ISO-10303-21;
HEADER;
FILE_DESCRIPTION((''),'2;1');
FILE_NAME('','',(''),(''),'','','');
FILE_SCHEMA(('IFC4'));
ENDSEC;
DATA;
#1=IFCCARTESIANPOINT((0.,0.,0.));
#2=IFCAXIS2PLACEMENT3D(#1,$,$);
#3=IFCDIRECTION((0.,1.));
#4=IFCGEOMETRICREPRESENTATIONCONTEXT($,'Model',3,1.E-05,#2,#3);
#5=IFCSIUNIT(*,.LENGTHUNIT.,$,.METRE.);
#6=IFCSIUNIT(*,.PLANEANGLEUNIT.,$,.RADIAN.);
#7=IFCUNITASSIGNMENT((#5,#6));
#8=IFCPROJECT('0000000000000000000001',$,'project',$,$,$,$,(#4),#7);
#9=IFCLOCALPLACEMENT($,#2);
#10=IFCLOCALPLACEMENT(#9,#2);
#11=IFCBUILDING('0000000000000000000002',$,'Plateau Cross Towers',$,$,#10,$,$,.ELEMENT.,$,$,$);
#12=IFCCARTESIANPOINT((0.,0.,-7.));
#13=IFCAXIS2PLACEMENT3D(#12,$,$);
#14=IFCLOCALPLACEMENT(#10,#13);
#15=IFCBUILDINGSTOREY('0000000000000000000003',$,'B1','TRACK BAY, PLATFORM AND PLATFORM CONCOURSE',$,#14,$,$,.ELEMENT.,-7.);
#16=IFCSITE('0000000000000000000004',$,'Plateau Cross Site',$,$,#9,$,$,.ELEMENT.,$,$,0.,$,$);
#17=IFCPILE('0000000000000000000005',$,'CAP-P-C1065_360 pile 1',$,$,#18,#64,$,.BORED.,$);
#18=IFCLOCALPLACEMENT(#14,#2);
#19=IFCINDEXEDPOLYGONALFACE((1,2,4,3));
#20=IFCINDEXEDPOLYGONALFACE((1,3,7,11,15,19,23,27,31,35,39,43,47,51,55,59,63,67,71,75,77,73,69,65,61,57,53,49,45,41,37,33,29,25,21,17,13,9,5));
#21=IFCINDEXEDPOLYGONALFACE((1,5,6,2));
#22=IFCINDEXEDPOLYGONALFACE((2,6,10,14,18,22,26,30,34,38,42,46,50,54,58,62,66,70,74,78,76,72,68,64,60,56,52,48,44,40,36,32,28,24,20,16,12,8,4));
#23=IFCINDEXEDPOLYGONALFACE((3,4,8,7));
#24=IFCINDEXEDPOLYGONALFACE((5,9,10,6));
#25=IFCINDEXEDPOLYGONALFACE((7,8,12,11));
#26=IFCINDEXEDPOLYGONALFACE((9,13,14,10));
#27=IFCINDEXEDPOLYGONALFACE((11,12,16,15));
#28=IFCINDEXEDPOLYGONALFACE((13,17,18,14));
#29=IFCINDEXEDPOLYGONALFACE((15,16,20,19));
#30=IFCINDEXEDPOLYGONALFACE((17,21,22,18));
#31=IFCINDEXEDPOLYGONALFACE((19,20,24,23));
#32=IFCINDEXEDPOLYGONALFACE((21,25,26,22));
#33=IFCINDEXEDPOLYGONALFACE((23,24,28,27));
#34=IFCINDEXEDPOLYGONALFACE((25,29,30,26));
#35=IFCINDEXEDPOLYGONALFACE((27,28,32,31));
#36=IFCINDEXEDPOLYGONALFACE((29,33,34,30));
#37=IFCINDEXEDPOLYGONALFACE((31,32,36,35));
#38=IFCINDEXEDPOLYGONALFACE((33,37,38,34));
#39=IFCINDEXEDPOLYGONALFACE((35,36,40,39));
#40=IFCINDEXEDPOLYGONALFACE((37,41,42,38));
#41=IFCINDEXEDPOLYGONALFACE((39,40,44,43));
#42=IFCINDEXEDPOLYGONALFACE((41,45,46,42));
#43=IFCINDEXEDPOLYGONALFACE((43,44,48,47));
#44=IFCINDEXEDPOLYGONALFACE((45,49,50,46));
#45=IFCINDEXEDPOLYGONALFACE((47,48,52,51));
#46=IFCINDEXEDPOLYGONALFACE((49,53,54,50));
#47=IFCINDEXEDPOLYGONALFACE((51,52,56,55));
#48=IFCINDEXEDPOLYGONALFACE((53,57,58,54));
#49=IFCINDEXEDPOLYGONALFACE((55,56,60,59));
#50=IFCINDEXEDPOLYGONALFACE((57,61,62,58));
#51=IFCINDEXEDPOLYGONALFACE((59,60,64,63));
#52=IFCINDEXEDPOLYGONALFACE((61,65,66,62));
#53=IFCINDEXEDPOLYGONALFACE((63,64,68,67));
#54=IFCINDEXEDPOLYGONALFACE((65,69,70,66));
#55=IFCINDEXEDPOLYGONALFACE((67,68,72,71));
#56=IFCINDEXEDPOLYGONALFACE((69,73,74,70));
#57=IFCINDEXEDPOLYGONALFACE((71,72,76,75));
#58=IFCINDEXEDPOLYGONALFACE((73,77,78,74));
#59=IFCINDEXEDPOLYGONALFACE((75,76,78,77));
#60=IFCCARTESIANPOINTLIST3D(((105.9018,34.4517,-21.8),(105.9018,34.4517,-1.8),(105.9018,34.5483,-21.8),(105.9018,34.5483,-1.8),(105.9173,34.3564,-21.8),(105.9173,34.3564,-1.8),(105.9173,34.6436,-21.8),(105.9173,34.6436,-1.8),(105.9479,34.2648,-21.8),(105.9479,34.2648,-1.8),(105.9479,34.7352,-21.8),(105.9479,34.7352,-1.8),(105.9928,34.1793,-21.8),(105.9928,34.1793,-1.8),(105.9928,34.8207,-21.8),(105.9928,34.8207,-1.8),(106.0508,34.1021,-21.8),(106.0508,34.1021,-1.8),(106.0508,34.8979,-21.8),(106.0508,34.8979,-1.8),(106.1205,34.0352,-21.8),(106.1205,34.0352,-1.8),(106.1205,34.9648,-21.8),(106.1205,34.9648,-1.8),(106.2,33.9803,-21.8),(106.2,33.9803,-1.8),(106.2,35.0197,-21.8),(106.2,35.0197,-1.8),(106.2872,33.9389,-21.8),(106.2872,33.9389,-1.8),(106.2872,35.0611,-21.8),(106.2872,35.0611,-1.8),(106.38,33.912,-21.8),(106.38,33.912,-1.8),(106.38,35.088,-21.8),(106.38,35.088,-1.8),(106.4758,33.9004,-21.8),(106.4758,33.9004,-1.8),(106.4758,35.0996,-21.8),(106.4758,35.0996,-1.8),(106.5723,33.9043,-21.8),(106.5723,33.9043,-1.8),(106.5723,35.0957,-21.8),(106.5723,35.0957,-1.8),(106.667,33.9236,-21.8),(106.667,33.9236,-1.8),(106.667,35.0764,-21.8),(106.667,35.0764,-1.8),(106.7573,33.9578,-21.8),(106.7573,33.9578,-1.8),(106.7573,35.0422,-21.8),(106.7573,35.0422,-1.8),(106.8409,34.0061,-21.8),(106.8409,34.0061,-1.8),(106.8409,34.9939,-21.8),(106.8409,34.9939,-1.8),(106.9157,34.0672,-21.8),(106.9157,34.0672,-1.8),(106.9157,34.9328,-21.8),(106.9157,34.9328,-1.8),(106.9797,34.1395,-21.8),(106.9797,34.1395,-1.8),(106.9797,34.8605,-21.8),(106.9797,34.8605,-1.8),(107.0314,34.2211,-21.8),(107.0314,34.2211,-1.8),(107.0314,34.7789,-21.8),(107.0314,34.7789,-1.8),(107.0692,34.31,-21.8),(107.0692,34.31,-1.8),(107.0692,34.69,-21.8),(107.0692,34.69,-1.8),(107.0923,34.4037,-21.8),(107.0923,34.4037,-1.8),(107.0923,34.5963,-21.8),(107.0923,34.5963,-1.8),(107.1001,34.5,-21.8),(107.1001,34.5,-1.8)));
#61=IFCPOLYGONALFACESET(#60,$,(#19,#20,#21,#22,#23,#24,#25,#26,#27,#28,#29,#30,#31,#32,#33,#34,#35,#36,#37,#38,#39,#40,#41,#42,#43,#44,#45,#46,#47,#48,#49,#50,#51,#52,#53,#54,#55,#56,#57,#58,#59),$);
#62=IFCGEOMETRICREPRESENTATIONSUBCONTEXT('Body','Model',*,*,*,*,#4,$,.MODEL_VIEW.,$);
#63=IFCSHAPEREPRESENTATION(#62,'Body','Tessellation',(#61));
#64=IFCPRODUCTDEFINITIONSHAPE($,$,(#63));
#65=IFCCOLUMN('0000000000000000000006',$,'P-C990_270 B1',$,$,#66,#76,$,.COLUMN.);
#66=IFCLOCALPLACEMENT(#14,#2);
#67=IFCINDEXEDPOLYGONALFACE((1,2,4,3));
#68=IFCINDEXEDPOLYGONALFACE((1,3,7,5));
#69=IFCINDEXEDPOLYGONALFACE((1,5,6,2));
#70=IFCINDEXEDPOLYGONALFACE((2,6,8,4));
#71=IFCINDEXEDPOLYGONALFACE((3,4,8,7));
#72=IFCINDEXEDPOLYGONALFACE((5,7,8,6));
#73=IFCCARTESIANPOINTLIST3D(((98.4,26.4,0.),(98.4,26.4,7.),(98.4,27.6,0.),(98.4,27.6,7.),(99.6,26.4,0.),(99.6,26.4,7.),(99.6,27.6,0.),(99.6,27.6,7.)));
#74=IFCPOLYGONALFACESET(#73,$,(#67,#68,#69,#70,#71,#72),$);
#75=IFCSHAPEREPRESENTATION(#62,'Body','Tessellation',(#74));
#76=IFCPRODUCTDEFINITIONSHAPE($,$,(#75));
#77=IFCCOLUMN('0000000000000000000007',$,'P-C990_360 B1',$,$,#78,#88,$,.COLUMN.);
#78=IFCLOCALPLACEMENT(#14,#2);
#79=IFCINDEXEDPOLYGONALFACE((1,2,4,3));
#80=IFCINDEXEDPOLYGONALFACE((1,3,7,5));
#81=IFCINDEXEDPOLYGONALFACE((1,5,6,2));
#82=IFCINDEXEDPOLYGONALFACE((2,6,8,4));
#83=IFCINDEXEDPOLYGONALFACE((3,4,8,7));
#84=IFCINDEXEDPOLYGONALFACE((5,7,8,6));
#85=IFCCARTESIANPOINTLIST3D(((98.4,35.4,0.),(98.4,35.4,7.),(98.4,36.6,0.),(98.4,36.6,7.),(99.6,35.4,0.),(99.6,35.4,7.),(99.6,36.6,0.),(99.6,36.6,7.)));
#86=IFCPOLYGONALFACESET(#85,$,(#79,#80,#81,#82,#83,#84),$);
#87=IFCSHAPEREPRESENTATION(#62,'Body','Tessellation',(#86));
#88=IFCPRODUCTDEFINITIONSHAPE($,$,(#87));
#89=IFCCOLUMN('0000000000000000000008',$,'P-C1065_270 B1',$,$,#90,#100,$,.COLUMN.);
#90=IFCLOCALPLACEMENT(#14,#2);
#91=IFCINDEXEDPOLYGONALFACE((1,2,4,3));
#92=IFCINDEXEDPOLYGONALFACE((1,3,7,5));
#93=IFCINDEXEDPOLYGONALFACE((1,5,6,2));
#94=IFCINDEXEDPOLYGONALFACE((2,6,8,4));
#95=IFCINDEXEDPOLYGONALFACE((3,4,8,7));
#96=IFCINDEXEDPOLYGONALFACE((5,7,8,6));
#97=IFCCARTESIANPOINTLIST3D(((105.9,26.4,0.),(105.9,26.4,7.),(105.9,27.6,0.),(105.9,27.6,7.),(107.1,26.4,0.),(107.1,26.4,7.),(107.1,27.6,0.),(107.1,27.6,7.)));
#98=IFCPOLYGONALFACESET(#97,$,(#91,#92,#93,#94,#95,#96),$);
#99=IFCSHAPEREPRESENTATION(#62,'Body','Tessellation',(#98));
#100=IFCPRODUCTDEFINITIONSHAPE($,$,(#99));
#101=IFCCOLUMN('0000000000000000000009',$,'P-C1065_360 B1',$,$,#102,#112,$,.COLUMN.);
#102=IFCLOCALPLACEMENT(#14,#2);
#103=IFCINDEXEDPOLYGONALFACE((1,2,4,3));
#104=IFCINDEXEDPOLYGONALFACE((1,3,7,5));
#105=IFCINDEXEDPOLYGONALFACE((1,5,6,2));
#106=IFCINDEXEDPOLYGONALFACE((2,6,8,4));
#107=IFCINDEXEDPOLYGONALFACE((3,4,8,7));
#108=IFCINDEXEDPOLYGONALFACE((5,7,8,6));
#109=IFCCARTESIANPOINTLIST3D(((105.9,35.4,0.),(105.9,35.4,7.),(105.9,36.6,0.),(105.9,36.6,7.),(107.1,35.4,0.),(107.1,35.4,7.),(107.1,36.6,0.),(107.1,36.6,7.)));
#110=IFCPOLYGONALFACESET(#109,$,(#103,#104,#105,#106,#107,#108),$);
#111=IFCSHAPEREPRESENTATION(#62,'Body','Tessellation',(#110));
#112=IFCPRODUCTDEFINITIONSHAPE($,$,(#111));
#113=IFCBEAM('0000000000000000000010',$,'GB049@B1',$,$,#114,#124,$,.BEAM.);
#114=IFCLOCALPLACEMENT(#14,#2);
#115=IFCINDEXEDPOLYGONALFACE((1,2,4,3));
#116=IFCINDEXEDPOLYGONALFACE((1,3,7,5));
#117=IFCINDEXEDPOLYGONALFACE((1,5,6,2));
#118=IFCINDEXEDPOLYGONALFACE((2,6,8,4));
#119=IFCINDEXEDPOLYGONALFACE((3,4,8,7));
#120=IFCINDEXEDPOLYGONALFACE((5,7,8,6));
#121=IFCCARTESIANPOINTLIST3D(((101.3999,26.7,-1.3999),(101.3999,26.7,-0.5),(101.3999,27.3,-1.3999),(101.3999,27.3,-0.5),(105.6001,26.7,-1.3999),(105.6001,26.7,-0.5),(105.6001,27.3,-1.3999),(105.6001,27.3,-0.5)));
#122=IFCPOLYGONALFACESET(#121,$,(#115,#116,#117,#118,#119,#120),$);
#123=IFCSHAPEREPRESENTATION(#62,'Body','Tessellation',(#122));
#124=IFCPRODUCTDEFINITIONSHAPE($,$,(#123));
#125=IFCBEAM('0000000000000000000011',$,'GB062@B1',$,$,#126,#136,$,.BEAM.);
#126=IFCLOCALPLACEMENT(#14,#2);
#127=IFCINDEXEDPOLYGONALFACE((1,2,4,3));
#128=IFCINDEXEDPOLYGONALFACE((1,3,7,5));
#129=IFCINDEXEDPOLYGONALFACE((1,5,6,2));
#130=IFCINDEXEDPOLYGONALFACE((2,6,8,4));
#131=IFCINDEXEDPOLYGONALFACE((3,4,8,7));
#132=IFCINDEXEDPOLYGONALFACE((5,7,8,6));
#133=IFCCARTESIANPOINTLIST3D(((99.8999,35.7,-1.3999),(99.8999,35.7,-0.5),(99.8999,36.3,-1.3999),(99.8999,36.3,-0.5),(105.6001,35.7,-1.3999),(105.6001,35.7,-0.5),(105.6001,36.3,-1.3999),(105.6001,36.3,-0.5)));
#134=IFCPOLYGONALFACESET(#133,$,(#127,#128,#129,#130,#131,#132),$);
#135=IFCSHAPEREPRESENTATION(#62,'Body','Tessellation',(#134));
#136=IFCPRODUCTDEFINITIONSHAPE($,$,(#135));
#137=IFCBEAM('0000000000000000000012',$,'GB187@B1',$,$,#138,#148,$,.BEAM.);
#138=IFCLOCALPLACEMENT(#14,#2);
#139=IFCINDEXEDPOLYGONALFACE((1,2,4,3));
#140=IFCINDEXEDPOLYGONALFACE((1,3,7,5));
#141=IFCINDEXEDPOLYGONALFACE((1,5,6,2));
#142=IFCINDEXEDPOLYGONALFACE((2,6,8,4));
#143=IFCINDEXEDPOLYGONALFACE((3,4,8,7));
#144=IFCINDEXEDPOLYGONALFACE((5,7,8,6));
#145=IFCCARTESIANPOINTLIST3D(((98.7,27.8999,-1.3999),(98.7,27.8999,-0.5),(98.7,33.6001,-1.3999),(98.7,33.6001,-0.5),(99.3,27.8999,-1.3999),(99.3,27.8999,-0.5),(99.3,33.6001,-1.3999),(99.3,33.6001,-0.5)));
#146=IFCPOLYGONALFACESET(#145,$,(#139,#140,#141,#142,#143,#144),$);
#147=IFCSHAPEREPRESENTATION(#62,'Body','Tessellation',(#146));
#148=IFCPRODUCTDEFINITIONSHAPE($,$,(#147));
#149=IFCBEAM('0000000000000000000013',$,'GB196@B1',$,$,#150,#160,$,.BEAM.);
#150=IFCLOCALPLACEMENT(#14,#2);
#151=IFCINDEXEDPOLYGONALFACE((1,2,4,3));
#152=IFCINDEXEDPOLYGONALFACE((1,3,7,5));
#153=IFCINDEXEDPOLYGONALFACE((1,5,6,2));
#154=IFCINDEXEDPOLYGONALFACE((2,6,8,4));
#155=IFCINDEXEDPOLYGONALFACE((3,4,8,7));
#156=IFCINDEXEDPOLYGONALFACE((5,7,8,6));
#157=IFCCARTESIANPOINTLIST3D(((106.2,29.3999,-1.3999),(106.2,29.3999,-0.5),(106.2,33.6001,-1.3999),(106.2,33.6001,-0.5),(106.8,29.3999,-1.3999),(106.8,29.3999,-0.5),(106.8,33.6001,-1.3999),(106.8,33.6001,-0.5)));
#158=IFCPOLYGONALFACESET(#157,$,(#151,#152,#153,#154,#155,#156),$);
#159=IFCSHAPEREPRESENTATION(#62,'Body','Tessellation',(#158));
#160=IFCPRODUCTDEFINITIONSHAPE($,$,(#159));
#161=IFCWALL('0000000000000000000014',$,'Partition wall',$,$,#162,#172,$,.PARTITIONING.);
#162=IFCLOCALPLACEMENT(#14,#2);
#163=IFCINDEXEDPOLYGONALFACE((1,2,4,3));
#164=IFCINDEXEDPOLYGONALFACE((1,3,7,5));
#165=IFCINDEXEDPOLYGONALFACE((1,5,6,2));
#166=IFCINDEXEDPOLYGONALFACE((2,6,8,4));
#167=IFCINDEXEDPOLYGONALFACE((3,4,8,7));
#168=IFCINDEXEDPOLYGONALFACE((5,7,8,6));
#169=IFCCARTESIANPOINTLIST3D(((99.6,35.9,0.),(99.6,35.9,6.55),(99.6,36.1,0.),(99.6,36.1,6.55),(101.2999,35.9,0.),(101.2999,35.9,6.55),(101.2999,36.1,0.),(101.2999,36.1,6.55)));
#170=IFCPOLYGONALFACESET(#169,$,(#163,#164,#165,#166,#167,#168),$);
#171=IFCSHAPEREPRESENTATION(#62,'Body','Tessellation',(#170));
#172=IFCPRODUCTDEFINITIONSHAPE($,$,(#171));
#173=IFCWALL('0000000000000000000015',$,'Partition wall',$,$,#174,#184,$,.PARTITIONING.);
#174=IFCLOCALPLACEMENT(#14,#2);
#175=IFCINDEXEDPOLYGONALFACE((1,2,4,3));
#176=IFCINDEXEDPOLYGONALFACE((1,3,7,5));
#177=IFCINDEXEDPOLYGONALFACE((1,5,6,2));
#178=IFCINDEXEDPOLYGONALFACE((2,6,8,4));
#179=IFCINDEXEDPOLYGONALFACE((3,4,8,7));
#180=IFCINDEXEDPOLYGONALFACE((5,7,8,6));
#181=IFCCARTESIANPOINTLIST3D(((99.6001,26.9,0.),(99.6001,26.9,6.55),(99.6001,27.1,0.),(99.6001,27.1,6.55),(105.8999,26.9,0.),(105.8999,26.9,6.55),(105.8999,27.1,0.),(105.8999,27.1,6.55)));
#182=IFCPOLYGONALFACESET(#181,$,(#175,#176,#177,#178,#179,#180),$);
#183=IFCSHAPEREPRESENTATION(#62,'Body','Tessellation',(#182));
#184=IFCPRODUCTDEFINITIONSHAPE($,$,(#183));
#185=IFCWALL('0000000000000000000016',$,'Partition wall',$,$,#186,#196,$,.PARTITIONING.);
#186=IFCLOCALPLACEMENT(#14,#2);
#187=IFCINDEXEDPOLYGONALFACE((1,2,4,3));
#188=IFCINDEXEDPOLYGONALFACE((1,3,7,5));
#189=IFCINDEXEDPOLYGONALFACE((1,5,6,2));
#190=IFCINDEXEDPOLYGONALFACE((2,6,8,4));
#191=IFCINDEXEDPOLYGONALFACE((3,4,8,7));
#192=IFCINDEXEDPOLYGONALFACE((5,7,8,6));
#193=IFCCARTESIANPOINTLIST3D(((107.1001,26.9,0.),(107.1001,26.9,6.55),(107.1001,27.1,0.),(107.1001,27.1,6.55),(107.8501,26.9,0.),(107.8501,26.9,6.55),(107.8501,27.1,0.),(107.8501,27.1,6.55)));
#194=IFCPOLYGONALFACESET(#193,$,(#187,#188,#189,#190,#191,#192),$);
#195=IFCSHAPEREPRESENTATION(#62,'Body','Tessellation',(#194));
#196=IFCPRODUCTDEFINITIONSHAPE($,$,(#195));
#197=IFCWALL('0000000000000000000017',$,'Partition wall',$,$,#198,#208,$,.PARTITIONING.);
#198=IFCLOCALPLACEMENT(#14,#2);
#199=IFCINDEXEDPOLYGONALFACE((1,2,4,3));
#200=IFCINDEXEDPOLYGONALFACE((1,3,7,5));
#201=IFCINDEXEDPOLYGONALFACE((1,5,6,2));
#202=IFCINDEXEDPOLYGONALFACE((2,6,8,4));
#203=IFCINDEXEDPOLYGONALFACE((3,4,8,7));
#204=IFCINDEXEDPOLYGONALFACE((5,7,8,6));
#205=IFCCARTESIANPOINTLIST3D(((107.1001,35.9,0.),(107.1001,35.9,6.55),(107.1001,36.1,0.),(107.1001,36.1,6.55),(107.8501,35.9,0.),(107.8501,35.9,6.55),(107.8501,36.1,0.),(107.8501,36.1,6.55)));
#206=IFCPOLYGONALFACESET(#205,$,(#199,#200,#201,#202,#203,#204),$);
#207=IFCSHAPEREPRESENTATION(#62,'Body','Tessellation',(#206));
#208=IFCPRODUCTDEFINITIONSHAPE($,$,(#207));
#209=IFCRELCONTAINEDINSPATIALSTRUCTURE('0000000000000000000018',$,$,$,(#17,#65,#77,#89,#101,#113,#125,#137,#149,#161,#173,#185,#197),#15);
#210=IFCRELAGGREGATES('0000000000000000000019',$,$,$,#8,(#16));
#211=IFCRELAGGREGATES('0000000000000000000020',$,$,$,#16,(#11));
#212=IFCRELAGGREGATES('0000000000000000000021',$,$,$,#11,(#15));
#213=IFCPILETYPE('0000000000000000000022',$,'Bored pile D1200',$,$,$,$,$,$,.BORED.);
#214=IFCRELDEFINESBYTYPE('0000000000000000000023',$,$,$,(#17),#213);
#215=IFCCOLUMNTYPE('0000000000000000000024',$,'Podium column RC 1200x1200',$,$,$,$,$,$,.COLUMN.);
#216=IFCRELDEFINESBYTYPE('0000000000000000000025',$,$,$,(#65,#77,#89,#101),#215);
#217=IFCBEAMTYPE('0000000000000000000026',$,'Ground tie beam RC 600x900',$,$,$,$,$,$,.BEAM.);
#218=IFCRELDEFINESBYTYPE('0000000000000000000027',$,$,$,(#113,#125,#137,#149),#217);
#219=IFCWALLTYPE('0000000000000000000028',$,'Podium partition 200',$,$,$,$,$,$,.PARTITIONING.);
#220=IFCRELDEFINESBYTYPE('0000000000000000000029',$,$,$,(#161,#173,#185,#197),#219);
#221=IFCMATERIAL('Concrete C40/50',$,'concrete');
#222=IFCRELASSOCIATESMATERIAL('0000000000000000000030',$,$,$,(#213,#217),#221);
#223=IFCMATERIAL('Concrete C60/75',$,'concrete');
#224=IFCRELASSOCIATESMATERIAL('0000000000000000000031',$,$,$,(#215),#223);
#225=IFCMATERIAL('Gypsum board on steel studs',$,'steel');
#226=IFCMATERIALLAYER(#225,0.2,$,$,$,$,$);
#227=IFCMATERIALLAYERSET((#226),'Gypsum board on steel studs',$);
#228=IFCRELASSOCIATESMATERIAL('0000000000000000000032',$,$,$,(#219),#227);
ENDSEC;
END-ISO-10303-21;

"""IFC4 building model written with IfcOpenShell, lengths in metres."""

from ifc_helpers import new_model, si_unit, direction, frame, frame_2d, origin, origin_2d, place, context, subcontext, project, spatial, rectangle, circle, extrude, material, layer, layer_set, material_profile, profile_set, type_object, element, save


model = new_model("IFC4")

# Units and contexts
model_context = context("Model", 3, precision=1e-05, world=origin(), true_north=direction((0.0, 1.0)))
body_context = subcontext(model_context, "Body", "Model", "MODEL_VIEW")
ifc_project = project(units=[si_unit("LENGTHUNIT", "METRE"), si_unit("PLANEANGLEUNIT", "RADIAN")], contexts=[model_context])

# Site, building, storey
site_placement = place(None, origin())
site = spatial("IfcSite", under=ifc_project, at=site_placement, Name="Plateau Cross Site", CompositionType="ELEMENT", RefElevation=0.0)
building_placement = place(site_placement, origin())
building = spatial("IfcBuilding", under=site, at=building_placement, Name="Plateau Cross Towers", CompositionType="ELEMENT")
storey_placement = place(building_placement, frame((0.0, 0.0, -7.0)))
storey = spatial("IfcBuildingStorey", under=building, at=storey_placement, Name="B1", Description="TRACK BAY, PLATFORM AND PLATFORM CONCOURSE", CompositionType="ELEMENT", Elevation=-7.0)

# Pile
ifc_material_1 = material(Name="Concrete C40/50", Category="concrete")
ifc_material_profile_1 = material_profile(ifc_material_1, circle(Radius=0.6001, at=origin_2d()), Name="Bored pile D1200")
ifc_profile_set_1 = profile_set([ifc_material_profile_1], Name="Concrete C40/50")
pile_type = type_object("IfcPileType", Name="Bored pile D1200", PredefinedType="BORED", material=ifc_profile_set_1)
for number, where, z_axis, x_axis, name in (
    (1, (106.5, 34.5, -1.8), (0.0, 0.0, -1.0), (1.0, 0.0, 0.0), "CAP-P-C1065_360 pile 1"),
):
    element("IfcPile", number, at=place(storey_placement, frame(where, z_axis=z_axis, x_axis=x_axis)), inside=storey, type_object=pile_type, Name=name, PredefinedType="BORED", context=body_context, shape_type="SweptSolid", body=[
        extrude(circle(Radius=0.6001, at=origin_2d()), origin(), (0.0, 0.0, 1.0), 20.0),
    ])

# Columns
ifc_material_2 = material(Name="Concrete C60/75", Category="concrete")
ifc_material_profile_2 = material_profile(ifc_material_2, rectangle(XDim=1.2, YDim=1.2, at=origin_2d()), Name="RC 1200x1200")
ifc_profile_set_2 = profile_set([ifc_material_profile_2], Name="Concrete C60/75")
column_type = type_object("IfcColumnType", Name="Podium column RC 1200x1200", PredefinedType="COLUMN", material=ifc_profile_set_2)
for number, where, z_axis, x_axis, name in (
    (2, (99.0, 27.0, 0.0), (0.0, 0.0, 1.0), (1.0, 0.0, 0.0), "P-C990_270 B1"),
    (3, (99.0, 36.0, 0.0), (0.0, 0.0, 1.0), (1.0, 0.0, 0.0), "P-C990_360 B1"),
    (4, (106.5, 27.0, 0.0), (0.0, 0.0, 1.0), (1.0, 0.0, 0.0), "P-C1065_270 B1"),
    (5, (106.5, 36.0, 0.0), (0.0, 0.0, 1.0), (1.0, 0.0, 0.0), "P-C1065_360 B1"),
):
    element("IfcColumn", number, at=place(storey_placement, frame(where, z_axis=z_axis, x_axis=x_axis)), inside=storey, type_object=column_type, Name=name, PredefinedType="COLUMN", context=body_context, shape_type="SweptSolid", body=[
        extrude(rectangle(XDim=1.2, YDim=1.2, at=origin_2d()), origin(), (0.0, 0.0, 1.0), 7.0),
    ])

# Beams
ifc_material_profile_3 = material_profile(ifc_material_1, rectangle(XDim=0.6001, YDim=0.8999, at=origin_2d()), Name="RC 600x900")
ifc_profile_set_3 = profile_set([ifc_material_profile_3], Name="Concrete C40/50")
beam_type = type_object("IfcBeamType", Name="Ground tie beam RC 600x900", PredefinedType="BEAM", material=ifc_profile_set_3)
beam_1_placement = place(storey_placement, frame((101.3999, 27.0, -0.95), z_axis=(1.0, 0.0, 0.0), x_axis=(0.0, 1.0, 0.0)))
element("IfcBeam", 6, at=beam_1_placement, inside=storey, type_object=beam_type, Name="GB049@B1", PredefinedType="BEAM", context=body_context, shape_type="SweptSolid", body=[
    extrude(rectangle(XDim=0.6001, YDim=0.8999, at=origin_2d()), origin(), (0.0, 0.0, 1.0), 4.2002),
])
for number, where, z_axis, x_axis, name in (
    (7, (99.8999, 36.0, -0.95), (1.0, 0.0, 0.0), (0.0, 1.0, 0.0), "GB062@B1"),
    (8, (99.0, 27.8999, -0.95), (0.0, 1.0, 0.0), (-1.0, 0.0, 0.0), "GB187@B1"),
):
    element("IfcBeam", number, at=place(storey_placement, frame(where, z_axis=z_axis, x_axis=x_axis)), inside=storey, type_object=beam_type, Name=name, PredefinedType="BEAM", context=body_context, shape_type="SweptSolid", body=[
        extrude(rectangle(XDim=0.6001, YDim=0.8999, at=origin_2d()), origin(), (0.0, 0.0, 1.0), 5.7002),
    ])
beam_2_placement = place(storey_placement, frame((106.5, 29.3999, -0.95), z_axis=(0.0, 1.0, 0.0), x_axis=(-1.0, 0.0, 0.0)))
element("IfcBeam", 9, at=beam_2_placement, inside=storey, type_object=beam_type, Name="GB196@B1", PredefinedType="BEAM", context=body_context, shape_type="SweptSolid", body=[
    extrude(rectangle(XDim=0.6001, YDim=0.8999, at=origin_2d()), origin(), (0.0, 0.0, 1.0), 4.2002),
])

# Walls
ifc_material_3 = material(Name="Gypsum board on steel studs", Category="steel")
ifc_layer_1 = layer(ifc_material_3, 0.2)
ifc_layer_set_1 = layer_set([ifc_layer_1], Name="Gypsum board on steel studs")
wall_type_1 = type_object("IfcWallType", Name="Podium partition 200", PredefinedType="PARTITIONING", material=ifc_layer_set_1)
wall_1_placement = place(storey_placement, frame((101.3, 36.0, 0.0), z_axis=(0.0, 0.0, 1.0), x_axis=(-1.0, 0.0, 0.0)))
element("IfcWall", 10, at=wall_1_placement, inside=storey, type_object=wall_type_1, Name="Partition wall", PredefinedType="PARTITIONING", context=body_context, shape_type="SweptSolid", body=[
    extrude(rectangle(XDim=1.7, YDim=0.2, at=frame_2d((0.8501, 0.0))), origin(), (0.0, 0.0, 1.0), 6.55),
])
wall_2_placement = place(storey_placement, frame((99.6001, 27.0, 0.0), z_axis=(0.0, 0.0, 1.0), x_axis=(1.0, 0.0, 0.0)))
element("IfcWall", 11, at=wall_2_placement, inside=storey, type_object=wall_type_1, Name="Partition wall", PredefinedType="PARTITIONING", context=body_context, shape_type="SweptSolid", body=[
    extrude(rectangle(XDim=6.2998, YDim=0.2, at=frame_2d((3.1499, 0.0))), origin(), (0.0, 0.0, 1.0), 6.55),
])
for number, where, z_axis, x_axis, name in (
    (12, (107.1001, 27.0, 0.0), (0.0, 0.0, 1.0), (1.0, 0.0, 0.0), "Partition wall"),
    (13, (107.8501, 36.0, 0.0), (0.0, 0.0, 1.0), (-1.0, 0.0, 0.0), "Partition wall"),
):
    element("IfcWall", number, at=place(storey_placement, frame(where, z_axis=z_axis, x_axis=x_axis)), inside=storey, type_object=wall_type_1, Name=name, PredefinedType="PARTITIONING", context=body_context, shape_type="SweptSolid", body=[
        extrude(rectangle(XDim=0.75, YDim=0.2, at=frame_2d((0.375, 0.0))), origin(), (0.0, 0.0, 1.0), 6.55),
    ])

save(model, "model.ifc")
